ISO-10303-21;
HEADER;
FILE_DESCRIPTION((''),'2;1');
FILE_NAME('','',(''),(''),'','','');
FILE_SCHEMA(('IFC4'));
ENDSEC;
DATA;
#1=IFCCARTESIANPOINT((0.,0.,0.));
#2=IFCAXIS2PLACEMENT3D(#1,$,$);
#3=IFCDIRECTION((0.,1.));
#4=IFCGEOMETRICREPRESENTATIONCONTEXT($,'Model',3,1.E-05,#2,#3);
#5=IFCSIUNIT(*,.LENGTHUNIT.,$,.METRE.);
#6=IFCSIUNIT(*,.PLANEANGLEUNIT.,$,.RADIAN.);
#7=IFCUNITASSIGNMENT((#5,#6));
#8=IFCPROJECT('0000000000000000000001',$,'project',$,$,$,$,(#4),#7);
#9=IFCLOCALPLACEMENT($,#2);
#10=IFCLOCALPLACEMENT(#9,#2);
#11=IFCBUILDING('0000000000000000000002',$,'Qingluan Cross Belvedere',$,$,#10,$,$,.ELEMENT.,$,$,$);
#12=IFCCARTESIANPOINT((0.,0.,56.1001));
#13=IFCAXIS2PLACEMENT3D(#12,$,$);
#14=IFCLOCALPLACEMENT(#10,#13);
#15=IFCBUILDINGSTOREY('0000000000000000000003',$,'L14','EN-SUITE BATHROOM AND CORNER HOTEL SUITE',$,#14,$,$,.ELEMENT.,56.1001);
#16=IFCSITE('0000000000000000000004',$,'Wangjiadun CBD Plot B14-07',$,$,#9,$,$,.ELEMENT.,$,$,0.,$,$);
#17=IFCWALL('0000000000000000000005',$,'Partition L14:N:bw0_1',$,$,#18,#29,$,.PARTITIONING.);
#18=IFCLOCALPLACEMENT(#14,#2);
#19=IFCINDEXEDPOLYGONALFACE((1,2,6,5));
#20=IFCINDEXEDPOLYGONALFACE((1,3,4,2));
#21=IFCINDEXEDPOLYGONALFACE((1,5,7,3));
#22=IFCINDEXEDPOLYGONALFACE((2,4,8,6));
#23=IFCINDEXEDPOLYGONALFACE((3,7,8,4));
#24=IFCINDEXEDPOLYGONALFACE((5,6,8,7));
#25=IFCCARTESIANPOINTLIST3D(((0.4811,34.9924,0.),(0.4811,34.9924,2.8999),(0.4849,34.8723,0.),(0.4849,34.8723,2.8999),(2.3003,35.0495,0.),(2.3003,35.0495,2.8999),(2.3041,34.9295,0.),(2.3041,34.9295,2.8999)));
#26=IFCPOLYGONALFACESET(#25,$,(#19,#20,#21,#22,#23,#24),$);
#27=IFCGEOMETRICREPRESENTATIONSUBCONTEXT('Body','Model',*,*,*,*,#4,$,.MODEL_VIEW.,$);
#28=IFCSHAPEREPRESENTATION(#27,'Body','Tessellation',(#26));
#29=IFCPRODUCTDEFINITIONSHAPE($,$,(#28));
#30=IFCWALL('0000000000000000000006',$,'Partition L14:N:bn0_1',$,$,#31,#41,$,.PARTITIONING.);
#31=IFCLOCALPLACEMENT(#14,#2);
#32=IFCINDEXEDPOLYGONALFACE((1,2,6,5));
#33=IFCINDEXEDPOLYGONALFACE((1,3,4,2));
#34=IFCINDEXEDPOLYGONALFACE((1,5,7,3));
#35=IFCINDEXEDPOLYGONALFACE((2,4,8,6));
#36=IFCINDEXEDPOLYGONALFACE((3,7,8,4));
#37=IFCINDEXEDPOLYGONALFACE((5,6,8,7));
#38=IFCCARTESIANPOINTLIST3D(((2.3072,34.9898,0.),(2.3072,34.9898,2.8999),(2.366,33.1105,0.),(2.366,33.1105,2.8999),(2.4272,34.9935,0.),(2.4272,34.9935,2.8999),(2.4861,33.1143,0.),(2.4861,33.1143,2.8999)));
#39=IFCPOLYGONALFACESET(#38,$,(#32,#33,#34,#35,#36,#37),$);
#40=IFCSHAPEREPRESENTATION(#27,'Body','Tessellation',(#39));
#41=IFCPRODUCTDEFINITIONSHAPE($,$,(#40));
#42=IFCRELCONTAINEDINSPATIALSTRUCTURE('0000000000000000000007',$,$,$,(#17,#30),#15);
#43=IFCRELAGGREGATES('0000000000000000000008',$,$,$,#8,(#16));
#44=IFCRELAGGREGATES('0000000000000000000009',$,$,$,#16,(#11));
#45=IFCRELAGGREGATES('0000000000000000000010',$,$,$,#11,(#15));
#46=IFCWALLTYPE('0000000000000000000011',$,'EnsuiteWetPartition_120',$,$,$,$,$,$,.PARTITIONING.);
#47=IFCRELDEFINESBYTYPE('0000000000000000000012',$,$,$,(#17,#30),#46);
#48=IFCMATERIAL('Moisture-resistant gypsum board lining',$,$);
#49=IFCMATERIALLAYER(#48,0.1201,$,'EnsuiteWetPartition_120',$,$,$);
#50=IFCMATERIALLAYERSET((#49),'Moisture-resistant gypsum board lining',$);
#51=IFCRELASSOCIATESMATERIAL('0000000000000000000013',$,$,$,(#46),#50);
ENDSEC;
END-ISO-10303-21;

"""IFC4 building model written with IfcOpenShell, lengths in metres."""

from ifc_helpers import new_model, si_unit, direction, frame, frame_2d, origin, place, context, subcontext, project, spatial, rectangle, extrude, material, layer, layer_set, type_object, element, save


model = new_model("IFC4")

# Units and contexts
model_context = context("Model", 3, precision=1e-05, world=origin(), true_north=direction((0.0, 1.0)))
body_context = subcontext(model_context, "Body", "Model", "MODEL_VIEW")
ifc_project = project(units=[si_unit("LENGTHUNIT", "METRE"), si_unit("PLANEANGLEUNIT", "RADIAN")], contexts=[model_context])

# Site, building, storey
site_placement = place(None, origin())
site = spatial("IfcSite", under=ifc_project, at=site_placement, Name="Wangjiadun CBD Plot B14-07", CompositionType="ELEMENT", RefElevation=0.0)
building_placement = place(site_placement, origin())
building = spatial("IfcBuilding", under=site, at=building_placement, Name="Qingluan Cross Belvedere", CompositionType="ELEMENT")
storey_placement = place(building_placement, frame((0.0, 0.0, 56.1001)))
storey = spatial("IfcBuildingStorey", under=building, at=storey_placement, Name="L14", Description="EN-SUITE BATHROOM AND CORNER HOTEL SUITE", CompositionType="ELEMENT", Elevation=56.1001)

# Shared definitions
ifc_material_1 = material(Name="Moisture-resistant gypsum board lining")
ifc_layer_1 = layer(ifc_material_1, 0.1201, Name="EnsuiteWetPartition_120")
ifc_layer_set_1 = layer_set([ifc_layer_1], Name="Moisture-resistant gypsum board lining")
wall_type_1 = type_object("IfcWallType", Name="EnsuiteWetPartition_120", PredefinedType="PARTITIONING", material=ifc_layer_set_1)

# Walls
wall_1_placement = place(storey_placement, frame((0.4829, 34.9324, 0.0), z_axis=(0.0, 0.0, 1.0), x_axis=(0.999507, 0.03139, 0.0)))
element("IfcWall", 1, at=wall_1_placement, inside=storey, type_object=wall_type_1, Name="Partition L14:N:bw0_1", PredefinedType="PARTITIONING", context=body_context, shape_type="SweptSolid", body=[
    extrude(rectangle(XDim=1.8201, YDim=0.1201, at=frame_2d((0.9102, 0.0))), origin(), (0.0, 0.0, 1.0), 2.8999),
])
wall_2_placement = place(storey_placement, frame((2.426, 33.1125, 0.0), z_axis=(0.0, 0.0, 1.0), x_axis=(-0.031296, 0.99951, 0.0)))
element("IfcWall", 2, at=wall_2_placement, inside=storey, type_object=wall_type_1, Name="Partition L14:N:bn0_1", PredefinedType="PARTITIONING", context=body_context, shape_type="SweptSolid", body=[
    extrude(rectangle(XDim=1.8801, YDim=0.1201, at=frame_2d((0.9399, 0.0))), origin(), (0.0, 0.0, 1.0), 2.8999),
])

save(model, "model.ifc")
